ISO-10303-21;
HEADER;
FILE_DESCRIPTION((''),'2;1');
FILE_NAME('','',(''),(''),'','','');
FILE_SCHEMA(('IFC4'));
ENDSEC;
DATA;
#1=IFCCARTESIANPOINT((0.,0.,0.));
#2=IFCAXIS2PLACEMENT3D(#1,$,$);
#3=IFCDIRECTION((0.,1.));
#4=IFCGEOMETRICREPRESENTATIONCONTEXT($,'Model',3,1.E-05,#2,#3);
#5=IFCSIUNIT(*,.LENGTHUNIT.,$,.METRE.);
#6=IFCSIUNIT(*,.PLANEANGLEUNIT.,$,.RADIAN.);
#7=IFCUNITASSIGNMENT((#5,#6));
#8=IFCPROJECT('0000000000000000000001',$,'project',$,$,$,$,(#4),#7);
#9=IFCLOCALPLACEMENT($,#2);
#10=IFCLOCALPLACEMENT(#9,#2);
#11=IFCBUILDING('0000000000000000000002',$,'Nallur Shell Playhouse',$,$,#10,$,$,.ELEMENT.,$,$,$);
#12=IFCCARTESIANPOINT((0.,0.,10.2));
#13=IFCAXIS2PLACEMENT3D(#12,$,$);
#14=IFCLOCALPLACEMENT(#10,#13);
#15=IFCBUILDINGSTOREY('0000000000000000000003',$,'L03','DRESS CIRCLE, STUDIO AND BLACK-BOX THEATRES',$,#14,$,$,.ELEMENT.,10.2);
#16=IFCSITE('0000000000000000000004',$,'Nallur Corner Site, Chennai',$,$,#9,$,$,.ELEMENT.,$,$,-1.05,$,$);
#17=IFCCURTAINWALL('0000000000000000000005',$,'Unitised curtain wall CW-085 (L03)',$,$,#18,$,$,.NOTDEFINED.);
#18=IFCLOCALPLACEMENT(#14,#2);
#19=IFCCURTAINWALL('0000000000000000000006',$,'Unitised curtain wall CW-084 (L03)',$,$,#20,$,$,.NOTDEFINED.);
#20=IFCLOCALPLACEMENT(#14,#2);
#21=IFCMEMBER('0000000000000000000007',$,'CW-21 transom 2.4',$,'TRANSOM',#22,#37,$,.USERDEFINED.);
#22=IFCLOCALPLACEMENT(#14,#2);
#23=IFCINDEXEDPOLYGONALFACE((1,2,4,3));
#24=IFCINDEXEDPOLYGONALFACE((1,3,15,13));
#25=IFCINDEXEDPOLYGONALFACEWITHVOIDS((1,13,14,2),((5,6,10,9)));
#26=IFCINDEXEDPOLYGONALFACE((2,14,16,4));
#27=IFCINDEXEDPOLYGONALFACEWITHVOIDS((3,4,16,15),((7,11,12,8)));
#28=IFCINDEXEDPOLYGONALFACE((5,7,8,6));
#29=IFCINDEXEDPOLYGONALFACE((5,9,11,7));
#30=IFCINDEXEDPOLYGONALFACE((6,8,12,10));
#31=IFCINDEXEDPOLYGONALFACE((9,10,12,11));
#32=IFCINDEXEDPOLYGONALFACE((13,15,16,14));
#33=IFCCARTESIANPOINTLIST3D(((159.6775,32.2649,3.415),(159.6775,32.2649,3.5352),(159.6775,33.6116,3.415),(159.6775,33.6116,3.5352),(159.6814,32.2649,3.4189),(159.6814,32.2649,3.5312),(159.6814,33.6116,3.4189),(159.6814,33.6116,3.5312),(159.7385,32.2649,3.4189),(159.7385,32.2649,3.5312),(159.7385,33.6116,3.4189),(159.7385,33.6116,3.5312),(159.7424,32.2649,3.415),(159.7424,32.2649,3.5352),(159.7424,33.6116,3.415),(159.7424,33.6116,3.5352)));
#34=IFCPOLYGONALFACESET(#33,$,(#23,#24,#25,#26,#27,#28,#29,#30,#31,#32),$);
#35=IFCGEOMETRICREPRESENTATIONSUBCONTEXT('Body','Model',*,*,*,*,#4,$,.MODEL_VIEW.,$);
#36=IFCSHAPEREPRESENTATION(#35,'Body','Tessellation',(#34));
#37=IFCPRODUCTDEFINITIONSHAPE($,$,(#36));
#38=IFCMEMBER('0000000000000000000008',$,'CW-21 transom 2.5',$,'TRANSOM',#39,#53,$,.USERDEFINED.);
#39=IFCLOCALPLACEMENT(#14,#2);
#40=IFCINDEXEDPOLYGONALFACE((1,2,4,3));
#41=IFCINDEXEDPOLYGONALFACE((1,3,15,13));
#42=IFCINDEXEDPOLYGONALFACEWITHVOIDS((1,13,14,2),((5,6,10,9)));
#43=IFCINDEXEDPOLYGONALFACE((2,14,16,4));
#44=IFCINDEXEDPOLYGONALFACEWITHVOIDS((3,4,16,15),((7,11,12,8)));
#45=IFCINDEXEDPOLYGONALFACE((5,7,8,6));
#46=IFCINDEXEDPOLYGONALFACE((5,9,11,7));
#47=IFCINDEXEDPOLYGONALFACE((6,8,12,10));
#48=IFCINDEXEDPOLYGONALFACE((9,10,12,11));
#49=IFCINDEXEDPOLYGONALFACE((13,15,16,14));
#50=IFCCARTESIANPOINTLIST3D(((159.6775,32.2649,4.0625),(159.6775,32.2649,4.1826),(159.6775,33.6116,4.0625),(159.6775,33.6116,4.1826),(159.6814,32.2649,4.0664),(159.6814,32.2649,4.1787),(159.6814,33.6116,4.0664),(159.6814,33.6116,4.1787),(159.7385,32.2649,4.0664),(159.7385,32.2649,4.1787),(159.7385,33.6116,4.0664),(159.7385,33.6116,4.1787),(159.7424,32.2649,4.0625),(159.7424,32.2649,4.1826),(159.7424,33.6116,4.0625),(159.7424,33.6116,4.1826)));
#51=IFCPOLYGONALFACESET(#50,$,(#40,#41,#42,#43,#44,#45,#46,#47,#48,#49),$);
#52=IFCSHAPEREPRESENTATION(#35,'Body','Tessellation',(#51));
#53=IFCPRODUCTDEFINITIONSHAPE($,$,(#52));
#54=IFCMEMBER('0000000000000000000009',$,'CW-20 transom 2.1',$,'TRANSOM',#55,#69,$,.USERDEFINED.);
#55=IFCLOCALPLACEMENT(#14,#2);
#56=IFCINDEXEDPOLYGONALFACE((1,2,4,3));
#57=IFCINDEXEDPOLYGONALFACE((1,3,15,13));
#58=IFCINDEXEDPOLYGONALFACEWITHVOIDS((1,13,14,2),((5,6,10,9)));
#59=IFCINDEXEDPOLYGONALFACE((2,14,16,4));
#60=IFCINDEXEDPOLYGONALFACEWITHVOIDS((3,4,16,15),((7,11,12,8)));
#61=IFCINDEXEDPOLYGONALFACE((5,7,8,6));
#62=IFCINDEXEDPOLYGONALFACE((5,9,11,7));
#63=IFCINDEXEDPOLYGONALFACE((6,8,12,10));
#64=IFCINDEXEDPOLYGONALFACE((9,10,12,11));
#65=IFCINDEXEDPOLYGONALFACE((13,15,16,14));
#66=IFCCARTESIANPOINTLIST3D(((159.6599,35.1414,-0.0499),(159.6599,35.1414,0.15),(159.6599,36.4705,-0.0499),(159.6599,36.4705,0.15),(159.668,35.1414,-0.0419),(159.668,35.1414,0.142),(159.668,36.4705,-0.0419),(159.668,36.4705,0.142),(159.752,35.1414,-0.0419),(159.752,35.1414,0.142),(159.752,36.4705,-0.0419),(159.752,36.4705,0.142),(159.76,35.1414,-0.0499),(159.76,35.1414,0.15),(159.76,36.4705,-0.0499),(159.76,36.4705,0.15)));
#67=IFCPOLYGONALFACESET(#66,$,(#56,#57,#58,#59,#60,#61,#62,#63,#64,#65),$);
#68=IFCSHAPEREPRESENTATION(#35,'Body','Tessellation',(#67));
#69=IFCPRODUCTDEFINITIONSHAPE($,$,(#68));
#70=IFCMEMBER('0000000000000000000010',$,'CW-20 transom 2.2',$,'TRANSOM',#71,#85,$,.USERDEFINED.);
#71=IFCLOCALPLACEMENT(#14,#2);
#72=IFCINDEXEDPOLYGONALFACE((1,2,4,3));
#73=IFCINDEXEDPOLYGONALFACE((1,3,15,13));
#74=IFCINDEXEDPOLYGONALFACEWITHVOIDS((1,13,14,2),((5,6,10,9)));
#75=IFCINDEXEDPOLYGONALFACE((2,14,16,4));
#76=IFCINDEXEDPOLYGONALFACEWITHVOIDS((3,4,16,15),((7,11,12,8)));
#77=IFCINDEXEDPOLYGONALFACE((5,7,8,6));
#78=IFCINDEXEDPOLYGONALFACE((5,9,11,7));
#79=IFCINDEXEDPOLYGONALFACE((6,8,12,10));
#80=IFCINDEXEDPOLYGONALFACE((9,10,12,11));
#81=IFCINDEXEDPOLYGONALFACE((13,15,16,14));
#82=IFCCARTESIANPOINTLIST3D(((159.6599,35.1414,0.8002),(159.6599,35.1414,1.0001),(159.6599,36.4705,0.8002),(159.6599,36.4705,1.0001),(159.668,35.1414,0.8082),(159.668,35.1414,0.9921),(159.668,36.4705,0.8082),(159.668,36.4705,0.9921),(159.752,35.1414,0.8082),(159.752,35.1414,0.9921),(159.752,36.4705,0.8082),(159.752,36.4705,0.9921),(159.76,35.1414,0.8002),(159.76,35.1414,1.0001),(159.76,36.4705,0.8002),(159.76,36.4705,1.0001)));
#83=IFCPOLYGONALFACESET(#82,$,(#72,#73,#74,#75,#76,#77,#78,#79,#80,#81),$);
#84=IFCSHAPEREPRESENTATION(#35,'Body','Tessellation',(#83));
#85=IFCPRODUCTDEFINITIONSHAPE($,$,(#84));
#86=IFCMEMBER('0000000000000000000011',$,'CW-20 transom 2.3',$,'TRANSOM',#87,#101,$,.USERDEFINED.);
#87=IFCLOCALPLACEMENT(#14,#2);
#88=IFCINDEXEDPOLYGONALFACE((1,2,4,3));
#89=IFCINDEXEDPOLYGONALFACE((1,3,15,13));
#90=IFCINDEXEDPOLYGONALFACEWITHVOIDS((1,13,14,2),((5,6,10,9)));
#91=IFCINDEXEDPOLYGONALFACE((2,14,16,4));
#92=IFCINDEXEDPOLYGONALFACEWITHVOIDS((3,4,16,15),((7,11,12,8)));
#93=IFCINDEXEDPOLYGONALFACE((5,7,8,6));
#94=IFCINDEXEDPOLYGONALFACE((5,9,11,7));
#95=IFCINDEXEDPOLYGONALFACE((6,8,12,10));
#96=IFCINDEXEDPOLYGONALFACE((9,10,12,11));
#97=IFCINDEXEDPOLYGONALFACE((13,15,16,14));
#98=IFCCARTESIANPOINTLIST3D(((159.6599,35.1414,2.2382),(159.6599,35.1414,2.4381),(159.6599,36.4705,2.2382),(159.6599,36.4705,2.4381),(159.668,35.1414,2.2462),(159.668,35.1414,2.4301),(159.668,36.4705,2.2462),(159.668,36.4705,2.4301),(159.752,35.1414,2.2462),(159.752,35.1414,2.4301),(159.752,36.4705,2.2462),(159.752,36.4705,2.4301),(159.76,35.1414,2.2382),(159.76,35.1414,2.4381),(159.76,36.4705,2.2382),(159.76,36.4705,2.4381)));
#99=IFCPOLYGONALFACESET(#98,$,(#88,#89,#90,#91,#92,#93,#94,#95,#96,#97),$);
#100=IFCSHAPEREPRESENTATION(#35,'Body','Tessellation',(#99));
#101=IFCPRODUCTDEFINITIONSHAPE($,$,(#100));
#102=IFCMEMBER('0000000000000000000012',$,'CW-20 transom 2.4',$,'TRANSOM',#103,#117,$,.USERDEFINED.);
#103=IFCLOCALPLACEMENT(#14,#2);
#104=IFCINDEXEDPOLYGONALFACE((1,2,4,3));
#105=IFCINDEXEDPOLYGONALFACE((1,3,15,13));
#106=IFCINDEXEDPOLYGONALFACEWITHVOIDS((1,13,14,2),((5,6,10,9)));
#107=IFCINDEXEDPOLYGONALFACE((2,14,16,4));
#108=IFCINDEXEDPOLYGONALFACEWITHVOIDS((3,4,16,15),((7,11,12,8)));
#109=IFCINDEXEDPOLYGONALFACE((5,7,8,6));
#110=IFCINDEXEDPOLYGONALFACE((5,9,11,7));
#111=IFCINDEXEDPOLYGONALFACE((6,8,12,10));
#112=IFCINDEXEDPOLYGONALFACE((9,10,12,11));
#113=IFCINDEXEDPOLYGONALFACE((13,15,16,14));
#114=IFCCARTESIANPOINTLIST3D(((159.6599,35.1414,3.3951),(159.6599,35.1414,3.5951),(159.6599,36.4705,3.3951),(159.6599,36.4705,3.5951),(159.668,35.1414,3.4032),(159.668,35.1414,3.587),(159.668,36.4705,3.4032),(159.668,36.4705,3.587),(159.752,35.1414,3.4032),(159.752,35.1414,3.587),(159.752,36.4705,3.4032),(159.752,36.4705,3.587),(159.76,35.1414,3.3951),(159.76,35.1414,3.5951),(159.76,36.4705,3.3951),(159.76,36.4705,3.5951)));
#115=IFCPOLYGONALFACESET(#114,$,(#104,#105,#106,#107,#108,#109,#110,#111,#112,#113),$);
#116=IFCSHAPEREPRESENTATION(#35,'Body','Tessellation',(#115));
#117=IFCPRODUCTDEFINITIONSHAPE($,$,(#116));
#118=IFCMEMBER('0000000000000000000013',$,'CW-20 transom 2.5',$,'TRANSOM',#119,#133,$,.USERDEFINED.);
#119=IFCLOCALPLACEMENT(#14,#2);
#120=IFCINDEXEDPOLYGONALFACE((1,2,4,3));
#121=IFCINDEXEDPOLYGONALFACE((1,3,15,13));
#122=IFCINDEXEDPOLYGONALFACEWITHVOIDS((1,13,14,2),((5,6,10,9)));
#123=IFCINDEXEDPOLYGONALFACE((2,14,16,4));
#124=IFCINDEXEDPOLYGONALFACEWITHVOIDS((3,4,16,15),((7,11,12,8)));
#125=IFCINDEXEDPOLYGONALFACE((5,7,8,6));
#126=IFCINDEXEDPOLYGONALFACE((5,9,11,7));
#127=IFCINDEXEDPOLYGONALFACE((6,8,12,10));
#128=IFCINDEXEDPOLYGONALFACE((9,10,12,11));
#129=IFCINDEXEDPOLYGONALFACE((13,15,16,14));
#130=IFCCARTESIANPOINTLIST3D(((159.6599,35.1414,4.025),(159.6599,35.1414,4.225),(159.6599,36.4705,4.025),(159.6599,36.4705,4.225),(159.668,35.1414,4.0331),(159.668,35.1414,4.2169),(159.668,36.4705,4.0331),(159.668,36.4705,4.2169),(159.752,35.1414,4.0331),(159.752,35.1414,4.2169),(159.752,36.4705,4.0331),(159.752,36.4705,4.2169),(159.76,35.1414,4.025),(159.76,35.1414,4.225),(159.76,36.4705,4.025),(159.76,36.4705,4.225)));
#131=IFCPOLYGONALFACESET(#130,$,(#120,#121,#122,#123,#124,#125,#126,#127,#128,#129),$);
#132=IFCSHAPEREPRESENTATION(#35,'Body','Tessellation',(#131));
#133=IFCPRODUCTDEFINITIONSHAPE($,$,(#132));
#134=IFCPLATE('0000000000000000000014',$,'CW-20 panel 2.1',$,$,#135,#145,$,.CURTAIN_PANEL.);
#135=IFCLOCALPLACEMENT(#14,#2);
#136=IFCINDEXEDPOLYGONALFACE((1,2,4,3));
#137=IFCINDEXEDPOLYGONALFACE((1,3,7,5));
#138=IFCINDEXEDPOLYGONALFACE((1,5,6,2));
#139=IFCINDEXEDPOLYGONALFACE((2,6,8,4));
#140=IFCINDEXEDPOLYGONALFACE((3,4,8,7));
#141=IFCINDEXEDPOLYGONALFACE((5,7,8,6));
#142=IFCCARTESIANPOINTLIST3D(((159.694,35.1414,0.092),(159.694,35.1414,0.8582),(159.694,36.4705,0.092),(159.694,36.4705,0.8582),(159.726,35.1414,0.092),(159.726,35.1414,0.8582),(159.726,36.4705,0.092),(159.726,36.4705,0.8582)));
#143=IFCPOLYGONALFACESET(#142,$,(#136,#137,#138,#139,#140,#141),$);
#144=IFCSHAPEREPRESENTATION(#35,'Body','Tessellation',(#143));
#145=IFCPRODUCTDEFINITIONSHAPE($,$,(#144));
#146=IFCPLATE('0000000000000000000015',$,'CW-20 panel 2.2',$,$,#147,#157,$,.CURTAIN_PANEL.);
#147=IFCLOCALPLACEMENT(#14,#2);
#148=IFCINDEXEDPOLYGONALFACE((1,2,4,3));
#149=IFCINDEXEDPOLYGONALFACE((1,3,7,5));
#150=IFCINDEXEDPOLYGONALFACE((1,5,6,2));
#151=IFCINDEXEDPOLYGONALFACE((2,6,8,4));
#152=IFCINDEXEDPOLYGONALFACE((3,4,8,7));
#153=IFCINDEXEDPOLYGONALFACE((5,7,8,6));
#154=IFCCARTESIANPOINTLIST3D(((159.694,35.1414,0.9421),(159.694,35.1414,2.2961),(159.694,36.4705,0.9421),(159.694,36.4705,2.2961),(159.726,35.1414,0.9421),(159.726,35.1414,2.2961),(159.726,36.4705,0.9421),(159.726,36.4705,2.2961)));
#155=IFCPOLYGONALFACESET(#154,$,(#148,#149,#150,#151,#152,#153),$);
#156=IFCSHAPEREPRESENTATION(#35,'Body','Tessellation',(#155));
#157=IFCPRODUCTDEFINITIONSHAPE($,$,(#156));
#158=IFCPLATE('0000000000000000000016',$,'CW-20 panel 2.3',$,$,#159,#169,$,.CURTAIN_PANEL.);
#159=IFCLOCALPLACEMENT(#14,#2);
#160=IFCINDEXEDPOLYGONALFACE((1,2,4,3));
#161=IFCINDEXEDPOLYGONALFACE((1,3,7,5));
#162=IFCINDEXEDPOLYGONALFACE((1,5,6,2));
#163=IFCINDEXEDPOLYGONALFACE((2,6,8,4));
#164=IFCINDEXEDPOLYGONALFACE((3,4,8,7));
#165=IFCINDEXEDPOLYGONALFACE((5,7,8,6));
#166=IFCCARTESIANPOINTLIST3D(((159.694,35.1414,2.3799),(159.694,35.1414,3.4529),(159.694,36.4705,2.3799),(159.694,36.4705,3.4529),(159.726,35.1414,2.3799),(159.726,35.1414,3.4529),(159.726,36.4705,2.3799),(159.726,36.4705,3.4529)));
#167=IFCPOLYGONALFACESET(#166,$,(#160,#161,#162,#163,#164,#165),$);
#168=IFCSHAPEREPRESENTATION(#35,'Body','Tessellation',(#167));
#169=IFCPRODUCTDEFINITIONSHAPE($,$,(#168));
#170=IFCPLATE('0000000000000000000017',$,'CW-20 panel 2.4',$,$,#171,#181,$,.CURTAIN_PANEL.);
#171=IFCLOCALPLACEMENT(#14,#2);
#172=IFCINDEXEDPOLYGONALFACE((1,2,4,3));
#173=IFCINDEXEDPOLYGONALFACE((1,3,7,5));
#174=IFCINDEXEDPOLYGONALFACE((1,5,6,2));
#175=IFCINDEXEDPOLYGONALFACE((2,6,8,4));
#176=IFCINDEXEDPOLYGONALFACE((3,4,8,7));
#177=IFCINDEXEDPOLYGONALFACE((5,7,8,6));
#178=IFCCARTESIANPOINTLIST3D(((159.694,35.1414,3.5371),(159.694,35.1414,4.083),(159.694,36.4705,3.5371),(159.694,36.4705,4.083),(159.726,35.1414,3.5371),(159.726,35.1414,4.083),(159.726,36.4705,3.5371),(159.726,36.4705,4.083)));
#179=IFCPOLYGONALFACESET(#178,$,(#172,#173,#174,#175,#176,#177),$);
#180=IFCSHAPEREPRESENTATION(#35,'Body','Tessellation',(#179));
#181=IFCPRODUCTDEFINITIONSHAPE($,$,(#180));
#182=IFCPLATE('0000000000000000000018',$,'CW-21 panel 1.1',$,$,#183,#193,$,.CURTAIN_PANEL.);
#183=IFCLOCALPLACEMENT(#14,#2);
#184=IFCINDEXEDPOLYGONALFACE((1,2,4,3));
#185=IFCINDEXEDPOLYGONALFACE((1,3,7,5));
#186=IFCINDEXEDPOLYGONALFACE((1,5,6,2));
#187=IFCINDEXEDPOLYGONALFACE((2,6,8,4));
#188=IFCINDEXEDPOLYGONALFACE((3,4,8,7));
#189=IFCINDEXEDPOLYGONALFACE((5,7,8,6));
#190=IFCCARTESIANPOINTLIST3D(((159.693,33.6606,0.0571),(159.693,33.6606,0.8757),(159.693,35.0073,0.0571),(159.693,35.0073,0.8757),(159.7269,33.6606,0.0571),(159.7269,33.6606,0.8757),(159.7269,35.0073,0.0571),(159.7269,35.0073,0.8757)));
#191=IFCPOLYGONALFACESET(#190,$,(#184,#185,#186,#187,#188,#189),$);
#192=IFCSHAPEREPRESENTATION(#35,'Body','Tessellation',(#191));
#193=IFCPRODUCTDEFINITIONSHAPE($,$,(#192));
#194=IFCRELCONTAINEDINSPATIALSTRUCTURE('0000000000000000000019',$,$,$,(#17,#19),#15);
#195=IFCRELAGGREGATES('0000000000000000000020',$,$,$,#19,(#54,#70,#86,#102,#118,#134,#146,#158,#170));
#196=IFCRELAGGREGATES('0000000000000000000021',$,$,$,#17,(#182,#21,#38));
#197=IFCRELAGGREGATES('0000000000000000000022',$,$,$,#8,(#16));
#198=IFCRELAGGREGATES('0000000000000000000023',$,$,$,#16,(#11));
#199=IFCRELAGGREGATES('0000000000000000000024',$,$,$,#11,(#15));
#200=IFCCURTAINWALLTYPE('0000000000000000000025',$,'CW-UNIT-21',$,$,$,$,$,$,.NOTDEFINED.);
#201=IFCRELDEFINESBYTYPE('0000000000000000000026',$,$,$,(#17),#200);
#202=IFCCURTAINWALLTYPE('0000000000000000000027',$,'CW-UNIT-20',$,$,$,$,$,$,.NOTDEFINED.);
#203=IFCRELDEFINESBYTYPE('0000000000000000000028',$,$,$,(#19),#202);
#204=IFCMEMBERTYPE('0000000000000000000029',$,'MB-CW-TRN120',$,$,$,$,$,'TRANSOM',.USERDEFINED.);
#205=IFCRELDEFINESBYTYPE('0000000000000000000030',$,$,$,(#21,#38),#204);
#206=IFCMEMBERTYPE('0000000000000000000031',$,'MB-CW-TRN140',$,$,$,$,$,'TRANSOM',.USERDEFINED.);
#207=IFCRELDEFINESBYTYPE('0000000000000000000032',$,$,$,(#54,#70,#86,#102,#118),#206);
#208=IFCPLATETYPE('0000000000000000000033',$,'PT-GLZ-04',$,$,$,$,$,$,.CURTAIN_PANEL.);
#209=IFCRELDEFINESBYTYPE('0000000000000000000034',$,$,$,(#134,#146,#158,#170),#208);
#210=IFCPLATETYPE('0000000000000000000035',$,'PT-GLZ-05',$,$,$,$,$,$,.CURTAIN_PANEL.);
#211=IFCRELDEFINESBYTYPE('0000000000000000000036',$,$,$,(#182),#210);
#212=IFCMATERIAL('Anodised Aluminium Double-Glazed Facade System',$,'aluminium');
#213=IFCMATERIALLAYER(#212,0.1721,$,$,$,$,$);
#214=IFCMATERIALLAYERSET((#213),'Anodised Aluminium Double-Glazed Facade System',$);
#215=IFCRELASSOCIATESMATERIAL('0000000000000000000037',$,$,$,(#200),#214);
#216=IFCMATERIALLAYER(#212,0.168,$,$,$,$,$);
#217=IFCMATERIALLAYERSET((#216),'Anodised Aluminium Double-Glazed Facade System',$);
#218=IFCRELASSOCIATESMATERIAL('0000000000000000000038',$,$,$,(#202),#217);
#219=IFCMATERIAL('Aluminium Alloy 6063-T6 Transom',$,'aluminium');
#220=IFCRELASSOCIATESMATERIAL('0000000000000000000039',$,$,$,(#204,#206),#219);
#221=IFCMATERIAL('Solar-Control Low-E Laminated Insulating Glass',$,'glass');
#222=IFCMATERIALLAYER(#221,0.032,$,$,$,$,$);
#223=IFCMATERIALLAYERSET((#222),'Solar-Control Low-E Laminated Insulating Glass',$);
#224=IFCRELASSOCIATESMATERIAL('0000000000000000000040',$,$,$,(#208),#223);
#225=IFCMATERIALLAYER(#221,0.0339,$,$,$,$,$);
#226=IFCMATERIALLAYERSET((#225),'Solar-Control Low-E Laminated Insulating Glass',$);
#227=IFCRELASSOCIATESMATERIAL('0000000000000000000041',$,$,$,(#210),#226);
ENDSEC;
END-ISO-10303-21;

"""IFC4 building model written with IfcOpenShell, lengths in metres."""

from ifc_helpers import new_model, si_unit, direction, frame, origin, origin_2d, place, context, subcontext, project, spatial, rectangle, hollow_rectangle, extrude, material, layer, layer_set, material_profile, profile_set, type_object, element, aggregate, save


model = new_model("IFC4")

# Units and contexts
model_context = context("Model", 3, precision=1e-05, world=origin(), true_north=direction((0.0, 1.0)))
body_context = subcontext(model_context, "Body", "Model", "MODEL_VIEW")
ifc_project = project(units=[si_unit("LENGTHUNIT", "METRE"), si_unit("PLANEANGLEUNIT", "RADIAN")], contexts=[model_context])

# Site, building, storey
site_placement = place(None, origin())
site = spatial("IfcSite", under=ifc_project, at=site_placement, Name="Nallur Corner Site, Chennai", CompositionType="ELEMENT", RefElevation=-1.05)
building_placement = place(site_placement, origin())
building = spatial("IfcBuilding", under=site, at=building_placement, Name="Nallur Shell Playhouse", CompositionType="ELEMENT")
storey_placement = place(building_placement, frame((0.0, 0.0, 10.2)))
storey = spatial("IfcBuildingStorey", under=building, at=storey_placement, Name="L03", Description="DRESS CIRCLE, STUDIO AND BLACK-BOX THEATRES", CompositionType="ELEMENT", Elevation=10.2)

# Curtain walls
ifc_material_1 = material(Name="Anodised Aluminium Double-Glazed Facade System", Category="aluminium")
ifc_layer_1 = layer(ifc_material_1, 0.1721)
ifc_layer_set_1 = layer_set([ifc_layer_1], Name="Anodised Aluminium Double-Glazed Facade System")
curtain_wall_type_1 = type_object("IfcCurtainWallType", Name="CW-UNIT-21", PredefinedType="NOTDEFINED", material=ifc_layer_set_1)
curtain_wall_1_placement = place(storey_placement, origin())
curtain_wall_1 = element("IfcCurtainWall", 1, at=curtain_wall_1_placement, inside=storey, type_object=curtain_wall_type_1, Name="Unitised curtain wall CW-085 (L03)", PredefinedType="NOTDEFINED")
ifc_layer_2 = layer(ifc_material_1, 0.168)
ifc_layer_set_2 = layer_set([ifc_layer_2], Name="Anodised Aluminium Double-Glazed Facade System")
curtain_wall_type_2 = type_object("IfcCurtainWallType", Name="CW-UNIT-20", PredefinedType="NOTDEFINED", material=ifc_layer_set_2)
curtain_wall_2_placement = place(storey_placement, origin())
curtain_wall_2 = element("IfcCurtainWall", 2, at=curtain_wall_2_placement, inside=storey, type_object=curtain_wall_type_2, Name="Unitised curtain wall CW-084 (L03)", PredefinedType="NOTDEFINED")

# Members
ifc_material_2 = material(Name="Aluminium Alloy 6063-T6 Transom", Category="aluminium")
ifc_material_profile_1 = material_profile(ifc_material_2, hollow_rectangle(XDim=0.0649, YDim=0.1201, WallThickness=0.0039, at=origin_2d()), Name="ALU 65x120x4")
ifc_profile_set_1 = profile_set([ifc_material_profile_1], Name="Aluminium Alloy 6063-T6 Transom")
member_type_1 = type_object("IfcMemberType", Name="MB-CW-TRN120", ElementType="TRANSOM", PredefinedType="USERDEFINED", material=ifc_profile_set_1)
member_1_placement = place(storey_placement, frame((159.71, 33.6116, 3.4751), z_axis=(0.0, -1.0, 0.0), x_axis=(1.0, 0.0, 0.0)))
member_1 = element("IfcMember", 3, at=member_1_placement, type_object=member_type_1, Name="CW-21 transom 2.4", ObjectType="TRANSOM", PredefinedType="USERDEFINED", context=body_context, shape_type="SweptSolid", body=[
    extrude(hollow_rectangle(XDim=0.0649, YDim=0.1201, WallThickness=0.0039, at=origin_2d()), origin(), (0.0, 0.0, 1.0), 1.3467),
])
member_2_placement = place(storey_placement, frame((159.71, 33.6116, 4.1226), z_axis=(0.0, -1.0, 0.0), x_axis=(1.0, 0.0, 0.0)))
member_2 = element("IfcMember", 4, at=member_2_placement, type_object=member_type_1, Name="CW-21 transom 2.5", ObjectType="TRANSOM", PredefinedType="USERDEFINED", context=body_context, shape_type="SweptSolid", body=[
    extrude(hollow_rectangle(XDim=0.0649, YDim=0.1201, WallThickness=0.0039, at=origin_2d()), origin(), (0.0, 0.0, 1.0), 1.3467),
])
ifc_material_profile_2 = material_profile(ifc_material_2, hollow_rectangle(XDim=0.1001, YDim=0.2, WallThickness=0.0081, at=origin_2d()), Name="RHS 200x100x8")
ifc_profile_set_2 = profile_set([ifc_material_profile_2], Name="Aluminium Alloy 6063-T6 Transom")
member_type_2 = type_object("IfcMemberType", Name="MB-CW-TRN140", ElementType="TRANSOM", PredefinedType="USERDEFINED", material=ifc_profile_set_2)
member_3_placement = place(storey_placement, frame((159.71, 36.4705, 0.05), z_axis=(0.0, -1.0, 0.0), x_axis=(1.0, 0.0, 0.0)))
member_3 = element("IfcMember", 5, at=member_3_placement, type_object=member_type_2, Name="CW-20 transom 2.1", ObjectType="TRANSOM", PredefinedType="USERDEFINED", context=body_context, shape_type="SweptSolid", body=[
    extrude(hollow_rectangle(XDim=0.1001, YDim=0.2, WallThickness=0.0081, at=origin_2d()), origin(), (0.0, 0.0, 1.0), 1.3291),
])
member_4_placement = place(storey_placement, frame((159.71, 36.4705, 0.9001), z_axis=(0.0, -1.0, 0.0), x_axis=(1.0, 0.0, 0.0)))
member_4 = element("IfcMember", 6, at=member_4_placement, type_object=member_type_2, Name="CW-20 transom 2.2", ObjectType="TRANSOM", PredefinedType="USERDEFINED", context=body_context, shape_type="SweptSolid", body=[
    extrude(hollow_rectangle(XDim=0.1001, YDim=0.2, WallThickness=0.0081, at=origin_2d()), origin(), (0.0, 0.0, 1.0), 1.3291),
])
member_5_placement = place(storey_placement, frame((159.71, 36.4705, 2.3381), z_axis=(0.0, -1.0, 0.0), x_axis=(1.0, 0.0, 0.0)))
member_5 = element("IfcMember", 7, at=member_5_placement, type_object=member_type_2, Name="CW-20 transom 2.3", ObjectType="TRANSOM", PredefinedType="USERDEFINED", context=body_context, shape_type="SweptSolid", body=[
    extrude(hollow_rectangle(XDim=0.1001, YDim=0.2, WallThickness=0.0081, at=origin_2d()), origin(), (0.0, 0.0, 1.0), 1.3291),
])
member_6_placement = place(storey_placement, frame((159.71, 36.4705, 3.4951), z_axis=(0.0, -1.0, 0.0), x_axis=(1.0, 0.0, 0.0)))
member_6 = element("IfcMember", 8, at=member_6_placement, type_object=member_type_2, Name="CW-20 transom 2.4", ObjectType="TRANSOM", PredefinedType="USERDEFINED", context=body_context, shape_type="SweptSolid", body=[
    extrude(hollow_rectangle(XDim=0.1001, YDim=0.2, WallThickness=0.0081, at=origin_2d()), origin(), (0.0, 0.0, 1.0), 1.3291),
])
member_7_placement = place(storey_placement, frame((159.71, 36.4705, 4.125), z_axis=(0.0, -1.0, 0.0), x_axis=(1.0, 0.0, 0.0)))
member_7 = element("IfcMember", 9, at=member_7_placement, type_object=member_type_2, Name="CW-20 transom 2.5", ObjectType="TRANSOM", PredefinedType="USERDEFINED", context=body_context, shape_type="SweptSolid", body=[
    extrude(hollow_rectangle(XDim=0.1001, YDim=0.2, WallThickness=0.0081, at=origin_2d()), origin(), (0.0, 0.0, 1.0), 1.3291),
])

# Plates
ifc_material_3 = material(Name="Solar-Control Low-E Laminated Insulating Glass", Category="glass")
ifc_layer_3 = layer(ifc_material_3, 0.032)
ifc_layer_set_3 = layer_set([ifc_layer_3], Name="Solar-Control Low-E Laminated Insulating Glass")
plate_type_1 = type_object("IfcPlateType", Name="PT-GLZ-04", PredefinedType="CURTAIN_PANEL", material=ifc_layer_set_3)
plate_1_placement = place(storey_placement, frame((159.71, 35.8059, 0.092), z_axis=(0.0, 0.0, 1.0), x_axis=(0.0, -1.0, 0.0)))
plate_1 = element("IfcPlate", 10, at=plate_1_placement, type_object=plate_type_1, Name="CW-20 panel 2.1", PredefinedType="CURTAIN_PANEL", context=body_context, shape_type="SweptSolid", body=[
    extrude(rectangle(XDim=1.3291, YDim=0.032, at=origin_2d()), origin(), (0.0, 0.0, 1.0), 0.7661),
])
plate_2_placement = place(storey_placement, frame((159.71, 35.8059, 0.9421), z_axis=(0.0, 0.0, 1.0), x_axis=(0.0, -1.0, 0.0)))
plate_2 = element("IfcPlate", 11, at=plate_2_placement, type_object=plate_type_1, Name="CW-20 panel 2.2", PredefinedType="CURTAIN_PANEL", context=body_context, shape_type="SweptSolid", body=[
    extrude(rectangle(XDim=1.3291, YDim=0.032, at=origin_2d()), origin(), (0.0, 0.0, 1.0), 1.354),
])
plate_3_placement = place(storey_placement, frame((159.71, 35.8059, 2.3799), z_axis=(0.0, 0.0, 1.0), x_axis=(0.0, -1.0, 0.0)))
plate_3 = element("IfcPlate", 12, at=plate_3_placement, type_object=plate_type_1, Name="CW-20 panel 2.3", PredefinedType="CURTAIN_PANEL", context=body_context, shape_type="SweptSolid", body=[
    extrude(rectangle(XDim=1.3291, YDim=0.032, at=origin_2d()), origin(), (0.0, 0.0, 1.0), 1.073),
])
plate_4_placement = place(storey_placement, frame((159.71, 35.8059, 3.5371), z_axis=(0.0, 0.0, 1.0), x_axis=(0.0, -1.0, 0.0)))
plate_4 = element("IfcPlate", 13, at=plate_4_placement, type_object=plate_type_1, Name="CW-20 panel 2.4", PredefinedType="CURTAIN_PANEL", context=body_context, shape_type="SweptSolid", body=[
    extrude(rectangle(XDim=1.3291, YDim=0.032, at=origin_2d()), origin(), (0.0, 0.0, 1.0), 0.5459),
])
aggregate(curtain_wall_2, [member_3, member_4, member_5, member_6, member_7, plate_1, plate_2, plate_3, plate_4])
ifc_layer_4 = layer(ifc_material_3, 0.0339)
ifc_layer_set_4 = layer_set([ifc_layer_4], Name="Solar-Control Low-E Laminated Insulating Glass")
plate_type_2 = type_object("IfcPlateType", Name="PT-GLZ-05", PredefinedType="CURTAIN_PANEL", material=ifc_layer_set_4)
plate_5_placement = place(storey_placement, frame((159.71, 34.334, 0.0571), z_axis=(0.0, 0.0, 1.0), x_axis=(0.0, -1.0, 0.0)))
plate_5 = element("IfcPlate", 14, at=plate_5_placement, type_object=plate_type_2, Name="CW-21 panel 1.1", PredefinedType="CURTAIN_PANEL", context=body_context, shape_type="SweptSolid", body=[
    extrude(rectangle(XDim=1.3467, YDim=0.0339, at=origin_2d()), origin(), (0.0, 0.0, 1.0), 0.8186),
])
aggregate(curtain_wall_1, [plate_5, member_1, member_2])

save(model, "model.ifc")
